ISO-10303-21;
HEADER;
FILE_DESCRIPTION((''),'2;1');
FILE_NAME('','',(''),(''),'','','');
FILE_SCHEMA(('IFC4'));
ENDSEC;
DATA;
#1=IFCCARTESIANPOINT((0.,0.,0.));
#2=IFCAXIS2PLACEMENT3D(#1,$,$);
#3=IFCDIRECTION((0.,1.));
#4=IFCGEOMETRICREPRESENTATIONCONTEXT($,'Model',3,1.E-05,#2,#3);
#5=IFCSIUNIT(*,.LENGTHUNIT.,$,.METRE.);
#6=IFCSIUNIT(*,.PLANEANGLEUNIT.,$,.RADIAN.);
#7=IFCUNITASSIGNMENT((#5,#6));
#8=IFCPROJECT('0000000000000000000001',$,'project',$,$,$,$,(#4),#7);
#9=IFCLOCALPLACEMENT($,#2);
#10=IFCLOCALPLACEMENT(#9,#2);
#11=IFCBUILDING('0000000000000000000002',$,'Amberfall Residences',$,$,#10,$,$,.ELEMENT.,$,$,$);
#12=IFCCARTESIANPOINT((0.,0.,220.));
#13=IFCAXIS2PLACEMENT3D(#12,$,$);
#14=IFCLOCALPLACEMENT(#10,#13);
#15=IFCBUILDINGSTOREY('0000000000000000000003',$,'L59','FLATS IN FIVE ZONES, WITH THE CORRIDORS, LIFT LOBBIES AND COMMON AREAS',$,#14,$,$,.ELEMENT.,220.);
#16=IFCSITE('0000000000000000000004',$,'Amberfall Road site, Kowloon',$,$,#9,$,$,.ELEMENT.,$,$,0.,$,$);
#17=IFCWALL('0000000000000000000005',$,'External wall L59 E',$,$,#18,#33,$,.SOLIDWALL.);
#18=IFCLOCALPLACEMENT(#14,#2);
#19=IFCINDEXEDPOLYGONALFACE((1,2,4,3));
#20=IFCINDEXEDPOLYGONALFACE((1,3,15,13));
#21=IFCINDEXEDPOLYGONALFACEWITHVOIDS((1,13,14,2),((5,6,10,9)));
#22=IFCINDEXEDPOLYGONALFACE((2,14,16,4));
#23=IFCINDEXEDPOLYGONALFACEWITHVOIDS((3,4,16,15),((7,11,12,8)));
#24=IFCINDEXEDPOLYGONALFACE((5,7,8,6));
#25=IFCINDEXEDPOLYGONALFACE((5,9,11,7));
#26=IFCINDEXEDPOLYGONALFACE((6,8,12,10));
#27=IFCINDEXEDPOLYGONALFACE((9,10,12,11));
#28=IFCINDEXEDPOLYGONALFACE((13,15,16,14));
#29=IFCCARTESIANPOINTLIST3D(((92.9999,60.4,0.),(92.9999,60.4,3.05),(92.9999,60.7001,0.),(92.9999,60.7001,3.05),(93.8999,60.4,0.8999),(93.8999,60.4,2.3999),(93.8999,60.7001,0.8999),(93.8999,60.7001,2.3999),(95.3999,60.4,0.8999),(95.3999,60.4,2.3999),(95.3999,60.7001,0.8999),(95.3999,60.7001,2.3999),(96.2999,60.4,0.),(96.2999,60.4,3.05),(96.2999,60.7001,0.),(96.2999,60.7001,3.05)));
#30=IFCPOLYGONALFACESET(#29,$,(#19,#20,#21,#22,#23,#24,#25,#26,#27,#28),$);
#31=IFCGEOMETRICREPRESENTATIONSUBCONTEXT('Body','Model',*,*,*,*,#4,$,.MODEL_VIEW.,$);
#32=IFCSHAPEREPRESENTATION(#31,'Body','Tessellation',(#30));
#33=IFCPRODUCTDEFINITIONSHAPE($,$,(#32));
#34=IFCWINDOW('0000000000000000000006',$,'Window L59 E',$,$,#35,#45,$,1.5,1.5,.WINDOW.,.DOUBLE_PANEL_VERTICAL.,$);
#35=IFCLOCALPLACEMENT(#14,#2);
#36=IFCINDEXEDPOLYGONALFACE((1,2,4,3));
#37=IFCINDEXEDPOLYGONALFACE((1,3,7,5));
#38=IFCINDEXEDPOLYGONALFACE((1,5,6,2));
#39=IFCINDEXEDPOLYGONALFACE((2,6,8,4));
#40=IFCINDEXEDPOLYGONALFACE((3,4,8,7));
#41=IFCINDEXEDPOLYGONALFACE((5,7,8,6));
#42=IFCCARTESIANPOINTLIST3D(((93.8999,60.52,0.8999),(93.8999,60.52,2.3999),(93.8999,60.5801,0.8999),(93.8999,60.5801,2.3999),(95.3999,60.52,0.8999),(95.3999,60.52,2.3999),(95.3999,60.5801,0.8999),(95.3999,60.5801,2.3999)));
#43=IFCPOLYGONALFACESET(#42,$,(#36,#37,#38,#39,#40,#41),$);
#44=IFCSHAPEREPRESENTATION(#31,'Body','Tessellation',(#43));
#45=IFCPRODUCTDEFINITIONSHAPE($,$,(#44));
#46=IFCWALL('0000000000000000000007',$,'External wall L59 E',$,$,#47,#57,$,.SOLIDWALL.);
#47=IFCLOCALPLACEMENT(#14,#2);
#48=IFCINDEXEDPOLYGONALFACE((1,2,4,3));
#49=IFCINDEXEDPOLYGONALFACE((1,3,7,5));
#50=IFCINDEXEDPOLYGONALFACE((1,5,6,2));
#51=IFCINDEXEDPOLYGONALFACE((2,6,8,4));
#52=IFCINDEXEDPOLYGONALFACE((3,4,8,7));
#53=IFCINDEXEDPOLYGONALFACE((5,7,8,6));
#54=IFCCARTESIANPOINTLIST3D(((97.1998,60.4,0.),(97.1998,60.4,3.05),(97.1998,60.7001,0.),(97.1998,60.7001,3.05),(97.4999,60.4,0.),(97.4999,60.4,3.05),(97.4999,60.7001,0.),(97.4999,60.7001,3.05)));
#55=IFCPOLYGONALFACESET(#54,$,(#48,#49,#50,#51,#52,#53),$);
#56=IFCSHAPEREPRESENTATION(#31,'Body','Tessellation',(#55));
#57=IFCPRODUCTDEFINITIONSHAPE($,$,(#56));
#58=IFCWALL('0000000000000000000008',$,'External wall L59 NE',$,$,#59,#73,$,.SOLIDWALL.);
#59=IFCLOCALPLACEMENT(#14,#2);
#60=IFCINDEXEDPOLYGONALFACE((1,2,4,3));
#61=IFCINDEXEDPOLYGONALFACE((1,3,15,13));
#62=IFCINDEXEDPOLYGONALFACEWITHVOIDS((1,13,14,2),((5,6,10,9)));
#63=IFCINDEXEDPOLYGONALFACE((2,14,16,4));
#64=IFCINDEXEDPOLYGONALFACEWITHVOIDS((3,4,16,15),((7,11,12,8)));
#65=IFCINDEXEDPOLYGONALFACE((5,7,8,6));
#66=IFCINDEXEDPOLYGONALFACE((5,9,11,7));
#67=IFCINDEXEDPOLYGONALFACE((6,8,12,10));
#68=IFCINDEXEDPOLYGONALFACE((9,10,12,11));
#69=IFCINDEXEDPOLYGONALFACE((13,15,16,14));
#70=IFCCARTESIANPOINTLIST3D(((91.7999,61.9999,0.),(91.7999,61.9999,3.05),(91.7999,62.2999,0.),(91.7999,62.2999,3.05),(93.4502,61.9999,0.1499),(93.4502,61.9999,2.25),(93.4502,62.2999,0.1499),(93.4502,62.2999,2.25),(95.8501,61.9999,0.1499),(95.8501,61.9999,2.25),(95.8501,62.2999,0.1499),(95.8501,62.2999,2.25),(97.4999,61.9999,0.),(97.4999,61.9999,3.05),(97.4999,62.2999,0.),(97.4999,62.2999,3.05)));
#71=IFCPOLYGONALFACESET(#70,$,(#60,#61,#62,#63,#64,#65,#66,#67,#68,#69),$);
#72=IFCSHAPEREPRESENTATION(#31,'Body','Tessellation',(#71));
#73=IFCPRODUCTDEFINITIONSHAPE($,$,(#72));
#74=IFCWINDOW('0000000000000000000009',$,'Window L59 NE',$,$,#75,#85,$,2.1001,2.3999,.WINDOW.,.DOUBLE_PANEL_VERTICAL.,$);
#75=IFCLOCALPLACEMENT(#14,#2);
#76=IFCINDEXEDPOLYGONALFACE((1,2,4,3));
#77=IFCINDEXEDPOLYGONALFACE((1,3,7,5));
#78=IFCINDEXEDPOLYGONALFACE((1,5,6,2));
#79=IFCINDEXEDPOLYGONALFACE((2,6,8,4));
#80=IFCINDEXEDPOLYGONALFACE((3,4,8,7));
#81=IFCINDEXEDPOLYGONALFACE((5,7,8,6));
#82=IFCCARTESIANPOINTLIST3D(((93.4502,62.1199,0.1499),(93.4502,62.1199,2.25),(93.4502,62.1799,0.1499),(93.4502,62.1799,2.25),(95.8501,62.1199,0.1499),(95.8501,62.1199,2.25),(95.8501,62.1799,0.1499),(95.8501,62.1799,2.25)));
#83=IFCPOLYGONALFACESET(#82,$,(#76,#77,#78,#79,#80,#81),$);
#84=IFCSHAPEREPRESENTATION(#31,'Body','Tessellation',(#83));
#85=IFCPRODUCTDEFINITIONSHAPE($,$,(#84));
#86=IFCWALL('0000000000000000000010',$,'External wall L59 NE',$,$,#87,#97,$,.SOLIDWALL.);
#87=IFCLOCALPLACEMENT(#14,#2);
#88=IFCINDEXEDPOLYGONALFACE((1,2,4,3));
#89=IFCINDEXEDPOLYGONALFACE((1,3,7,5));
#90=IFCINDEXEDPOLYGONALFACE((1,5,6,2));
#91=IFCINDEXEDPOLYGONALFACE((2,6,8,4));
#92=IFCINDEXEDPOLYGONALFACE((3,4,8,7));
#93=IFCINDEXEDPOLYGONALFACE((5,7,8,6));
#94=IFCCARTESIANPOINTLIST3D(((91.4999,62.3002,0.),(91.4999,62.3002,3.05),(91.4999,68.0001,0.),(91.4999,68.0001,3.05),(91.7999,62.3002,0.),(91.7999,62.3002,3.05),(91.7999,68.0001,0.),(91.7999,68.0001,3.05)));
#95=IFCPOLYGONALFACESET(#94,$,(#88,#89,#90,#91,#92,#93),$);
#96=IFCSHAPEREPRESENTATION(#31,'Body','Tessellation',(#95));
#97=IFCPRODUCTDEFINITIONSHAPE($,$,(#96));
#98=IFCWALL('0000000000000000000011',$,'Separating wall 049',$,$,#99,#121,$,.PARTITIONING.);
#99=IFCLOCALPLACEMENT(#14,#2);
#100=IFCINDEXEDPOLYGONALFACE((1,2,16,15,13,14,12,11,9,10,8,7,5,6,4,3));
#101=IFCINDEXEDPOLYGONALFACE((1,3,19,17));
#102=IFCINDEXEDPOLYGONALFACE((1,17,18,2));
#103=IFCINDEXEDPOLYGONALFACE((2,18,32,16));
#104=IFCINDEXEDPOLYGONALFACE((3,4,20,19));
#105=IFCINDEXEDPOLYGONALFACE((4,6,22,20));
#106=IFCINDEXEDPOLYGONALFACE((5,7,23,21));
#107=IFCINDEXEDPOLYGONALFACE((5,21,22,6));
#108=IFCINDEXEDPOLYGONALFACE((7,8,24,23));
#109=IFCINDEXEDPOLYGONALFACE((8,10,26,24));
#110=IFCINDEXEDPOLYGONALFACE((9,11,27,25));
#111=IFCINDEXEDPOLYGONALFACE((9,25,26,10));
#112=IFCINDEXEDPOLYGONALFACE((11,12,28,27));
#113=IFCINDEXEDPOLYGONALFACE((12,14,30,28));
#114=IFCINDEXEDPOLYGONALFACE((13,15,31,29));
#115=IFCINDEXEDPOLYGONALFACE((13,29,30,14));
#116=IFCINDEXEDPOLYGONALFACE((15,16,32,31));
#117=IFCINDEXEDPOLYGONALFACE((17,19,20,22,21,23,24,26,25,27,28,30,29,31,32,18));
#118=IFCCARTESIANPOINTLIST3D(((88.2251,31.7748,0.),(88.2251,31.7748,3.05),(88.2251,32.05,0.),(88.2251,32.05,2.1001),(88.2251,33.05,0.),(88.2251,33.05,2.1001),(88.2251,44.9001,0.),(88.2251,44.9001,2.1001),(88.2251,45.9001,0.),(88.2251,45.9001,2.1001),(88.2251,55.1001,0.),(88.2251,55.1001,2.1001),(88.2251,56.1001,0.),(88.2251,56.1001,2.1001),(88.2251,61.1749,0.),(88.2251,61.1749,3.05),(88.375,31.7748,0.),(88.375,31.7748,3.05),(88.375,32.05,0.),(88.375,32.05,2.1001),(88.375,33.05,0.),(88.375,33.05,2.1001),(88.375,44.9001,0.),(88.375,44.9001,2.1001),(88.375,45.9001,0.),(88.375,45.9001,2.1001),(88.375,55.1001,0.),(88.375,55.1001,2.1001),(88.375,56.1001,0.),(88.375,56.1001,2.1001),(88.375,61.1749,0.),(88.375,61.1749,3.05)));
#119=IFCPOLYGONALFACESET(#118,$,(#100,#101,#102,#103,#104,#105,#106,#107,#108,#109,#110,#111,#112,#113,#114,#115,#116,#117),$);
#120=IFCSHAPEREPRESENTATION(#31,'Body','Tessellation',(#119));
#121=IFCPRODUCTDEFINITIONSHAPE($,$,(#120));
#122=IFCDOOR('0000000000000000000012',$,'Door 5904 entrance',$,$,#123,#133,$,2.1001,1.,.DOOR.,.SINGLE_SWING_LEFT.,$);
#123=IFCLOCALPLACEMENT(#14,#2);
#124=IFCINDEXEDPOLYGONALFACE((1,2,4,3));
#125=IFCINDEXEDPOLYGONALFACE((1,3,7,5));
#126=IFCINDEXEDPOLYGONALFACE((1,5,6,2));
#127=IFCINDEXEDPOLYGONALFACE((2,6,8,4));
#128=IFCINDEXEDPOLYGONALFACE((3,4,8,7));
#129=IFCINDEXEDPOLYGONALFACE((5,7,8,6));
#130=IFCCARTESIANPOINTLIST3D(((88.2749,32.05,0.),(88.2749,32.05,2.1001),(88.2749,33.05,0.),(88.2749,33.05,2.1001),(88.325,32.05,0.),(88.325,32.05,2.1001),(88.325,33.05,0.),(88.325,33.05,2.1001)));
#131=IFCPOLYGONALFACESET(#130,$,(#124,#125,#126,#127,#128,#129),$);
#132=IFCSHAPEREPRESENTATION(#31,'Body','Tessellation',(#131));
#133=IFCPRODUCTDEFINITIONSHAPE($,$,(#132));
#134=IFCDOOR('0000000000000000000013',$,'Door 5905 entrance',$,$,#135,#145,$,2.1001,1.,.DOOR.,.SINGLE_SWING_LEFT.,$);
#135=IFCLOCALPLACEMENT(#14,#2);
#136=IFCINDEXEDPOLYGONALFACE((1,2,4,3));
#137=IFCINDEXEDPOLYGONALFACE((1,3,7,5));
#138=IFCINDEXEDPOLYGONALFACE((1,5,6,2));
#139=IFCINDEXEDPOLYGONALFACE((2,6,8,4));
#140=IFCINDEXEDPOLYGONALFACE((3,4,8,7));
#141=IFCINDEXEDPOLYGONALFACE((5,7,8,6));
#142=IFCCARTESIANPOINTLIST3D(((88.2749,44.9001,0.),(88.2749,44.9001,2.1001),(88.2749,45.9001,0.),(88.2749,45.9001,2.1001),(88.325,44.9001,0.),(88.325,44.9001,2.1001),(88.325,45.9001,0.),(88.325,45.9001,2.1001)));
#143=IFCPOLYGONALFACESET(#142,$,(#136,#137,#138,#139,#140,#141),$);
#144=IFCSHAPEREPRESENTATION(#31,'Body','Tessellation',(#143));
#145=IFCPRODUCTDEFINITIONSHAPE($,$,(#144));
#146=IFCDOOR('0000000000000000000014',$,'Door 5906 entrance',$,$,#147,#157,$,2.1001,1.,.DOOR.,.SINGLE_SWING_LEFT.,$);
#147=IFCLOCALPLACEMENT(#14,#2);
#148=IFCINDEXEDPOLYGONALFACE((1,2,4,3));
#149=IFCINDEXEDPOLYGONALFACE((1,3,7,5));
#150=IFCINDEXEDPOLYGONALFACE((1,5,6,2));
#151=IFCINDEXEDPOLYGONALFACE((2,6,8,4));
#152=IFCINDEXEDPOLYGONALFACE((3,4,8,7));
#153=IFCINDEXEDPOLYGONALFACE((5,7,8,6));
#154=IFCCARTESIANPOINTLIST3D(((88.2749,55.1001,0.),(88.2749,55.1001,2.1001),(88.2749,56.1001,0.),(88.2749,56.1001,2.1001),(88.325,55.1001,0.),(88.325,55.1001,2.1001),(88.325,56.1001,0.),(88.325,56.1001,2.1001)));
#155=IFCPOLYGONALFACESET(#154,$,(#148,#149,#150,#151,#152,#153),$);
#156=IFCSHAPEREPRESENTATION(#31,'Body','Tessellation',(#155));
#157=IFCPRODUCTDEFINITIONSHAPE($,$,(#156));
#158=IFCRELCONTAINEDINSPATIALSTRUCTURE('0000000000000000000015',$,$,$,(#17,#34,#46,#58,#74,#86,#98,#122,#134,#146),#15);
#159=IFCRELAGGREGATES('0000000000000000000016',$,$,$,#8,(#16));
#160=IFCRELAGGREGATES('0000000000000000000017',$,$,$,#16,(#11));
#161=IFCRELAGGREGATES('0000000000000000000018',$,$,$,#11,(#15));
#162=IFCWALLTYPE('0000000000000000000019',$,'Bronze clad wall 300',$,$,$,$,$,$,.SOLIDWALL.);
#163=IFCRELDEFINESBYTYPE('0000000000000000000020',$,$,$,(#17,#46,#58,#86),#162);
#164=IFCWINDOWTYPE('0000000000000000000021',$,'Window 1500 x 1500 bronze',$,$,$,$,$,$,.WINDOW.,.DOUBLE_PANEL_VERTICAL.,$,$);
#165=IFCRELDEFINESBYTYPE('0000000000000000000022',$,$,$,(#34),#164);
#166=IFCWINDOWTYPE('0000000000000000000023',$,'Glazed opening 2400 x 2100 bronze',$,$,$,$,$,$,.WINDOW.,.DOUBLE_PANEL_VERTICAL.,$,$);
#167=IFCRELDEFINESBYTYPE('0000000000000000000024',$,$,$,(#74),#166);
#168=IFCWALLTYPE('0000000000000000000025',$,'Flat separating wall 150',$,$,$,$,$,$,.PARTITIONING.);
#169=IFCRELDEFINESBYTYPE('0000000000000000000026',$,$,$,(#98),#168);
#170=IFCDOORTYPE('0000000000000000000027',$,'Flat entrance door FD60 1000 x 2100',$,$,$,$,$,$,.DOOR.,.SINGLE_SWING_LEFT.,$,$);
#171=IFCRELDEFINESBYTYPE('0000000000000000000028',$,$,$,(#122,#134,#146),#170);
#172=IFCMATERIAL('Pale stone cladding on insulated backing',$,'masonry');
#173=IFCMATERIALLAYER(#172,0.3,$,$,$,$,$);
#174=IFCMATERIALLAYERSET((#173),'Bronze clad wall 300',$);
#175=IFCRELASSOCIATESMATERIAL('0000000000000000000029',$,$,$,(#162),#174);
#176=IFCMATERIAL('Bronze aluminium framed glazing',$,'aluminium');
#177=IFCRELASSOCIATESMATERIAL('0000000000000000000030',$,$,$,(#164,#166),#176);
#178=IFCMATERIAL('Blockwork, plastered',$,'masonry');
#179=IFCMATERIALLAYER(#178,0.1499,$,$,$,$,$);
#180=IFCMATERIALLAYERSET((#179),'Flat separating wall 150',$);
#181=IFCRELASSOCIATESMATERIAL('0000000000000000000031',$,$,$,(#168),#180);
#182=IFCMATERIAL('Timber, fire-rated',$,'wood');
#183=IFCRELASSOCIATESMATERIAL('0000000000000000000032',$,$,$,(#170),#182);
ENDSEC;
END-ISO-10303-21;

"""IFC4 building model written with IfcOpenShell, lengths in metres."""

from ifc_helpers import new_model, si_unit, direction, frame, frame_2d, origin, place, context, subcontext, project, spatial, rectangle, extrude, material, layer, layer_set, type_object, element, fill, save


model = new_model("IFC4")

# Units and contexts
model_context = context("Model", 3, precision=1e-05, world=origin(), true_north=direction((0.0, 1.0)))
body_context = subcontext(model_context, "Body", "Model", "MODEL_VIEW")
ifc_project = project(units=[si_unit("LENGTHUNIT", "METRE"), si_unit("PLANEANGLEUNIT", "RADIAN")], contexts=[model_context])

# Site, building, storey
site_placement = place(None, origin())
site = spatial("IfcSite", under=ifc_project, at=site_placement, Name="Amberfall Road site, Kowloon", CompositionType="ELEMENT", RefElevation=0.0)
building_placement = place(site_placement, origin())
building = spatial("IfcBuilding", under=site, at=building_placement, Name="Amberfall Residences", CompositionType="ELEMENT")
storey_placement = place(building_placement, frame((0.0, 0.0, 220.0)))
storey = spatial("IfcBuildingStorey", under=building, at=storey_placement, Name="L59", Description="FLATS IN FIVE ZONES, WITH THE CORRIDORS, LIFT LOBBIES AND COMMON AREAS", CompositionType="ELEMENT", Elevation=220.0)

# Wall, opening, window
ifc_material_1 = material(Name="Pale stone cladding on insulated backing", Category="masonry")
ifc_layer_1 = layer(ifc_material_1, 0.3)
ifc_layer_set_1 = layer_set([ifc_layer_1], Name="Bronze clad wall 300")
wall_type_1 = type_object("IfcWallType", Name="Bronze clad wall 300", PredefinedType="SOLIDWALL", material=ifc_layer_set_1)
wall_1_placement = place(storey_placement, frame((93.0, 60.55, 0.0), z_axis=(0.0, 0.0, 1.0), x_axis=(1.0, 0.0, 0.0)))
wall_1 = element("IfcWall", 1, at=wall_1_placement, inside=storey, type_object=wall_type_1, Name="External wall L59 E", PredefinedType="SOLIDWALL", context=body_context, shape_type="SweptSolid", body=[
    extrude(rectangle(XDim=3.3, YDim=0.3, at=frame_2d((1.6499, 0.0))), origin(), (0.0, 0.0, 1.0), 3.05),
])
opening_1_placement = place(wall_1_placement, frame((0.8999, 0.0, 0.8999)))
opening_1 = element("IfcOpeningElement", 2, at=opening_1_placement, cuts=wall_1, PredefinedType="OPENING", context=body_context, shape_type="SweptSolid", body=[
    extrude(rectangle(XDim=1.5, YDim=1.5, at=frame_2d((0.75, 0.75))), frame((0.0, 0.1599, 0.0), z_axis=(0.0, -1.0, 0.0), x_axis=(1.0, 0.0, 0.0)), (0.0, 0.0, 1.0), 0.3201),
])
ifc_material_2 = material(Name="Bronze aluminium framed glazing", Category="aluminium")
window_type_1 = type_object("IfcWindowType", Name="Window 1500 x 1500 bronze", PartitioningType="DOUBLE_PANEL_VERTICAL", PredefinedType="WINDOW", material=ifc_material_2)
window_1_placement = place(opening_1_placement, origin())
window_1 = element("IfcWindow", 3, at=window_1_placement, inside=storey, type_object=window_type_1, Name="Window L59 E", OverallHeight=1.5, OverallWidth=1.5, PartitioningType="DOUBLE_PANEL_VERTICAL", PredefinedType="WINDOW", context=body_context, shape_type="SweptSolid", body=[
    extrude(rectangle(XDim=1.5, YDim=1.5, at=frame_2d((0.75, 0.75))), frame((0.0, 0.03, 0.0), z_axis=(0.0, -1.0, 0.0), x_axis=(1.0, 0.0, 0.0)), (0.0, 0.0, 1.0), 0.0601),
])
fill(opening_1, window_1)

# Wall
wall_2_placement = place(storey_placement, frame((97.2, 60.55, 0.0), z_axis=(0.0, 0.0, 1.0), x_axis=(1.0, 0.0, 0.0)))
element("IfcWall", 4, at=wall_2_placement, inside=storey, type_object=wall_type_1, Name="External wall L59 E", PredefinedType="SOLIDWALL", context=body_context, shape_type="SweptSolid", body=[
    extrude(rectangle(XDim=0.3, YDim=0.3, at=frame_2d((0.1499, 0.0))), origin(), (0.0, 0.0, 1.0), 3.05),
])

# Wall, opening, window
wall_3_placement = place(storey_placement, frame((97.5, 62.1499, 0.0), z_axis=(0.0, 0.0, 1.0), x_axis=(-1.0, 0.0, 0.0)))
wall_3 = element("IfcWall", 5, at=wall_3_placement, inside=storey, type_object=wall_type_1, Name="External wall L59 NE", PredefinedType="SOLIDWALL", context=body_context, shape_type="SweptSolid", body=[
    extrude(rectangle(XDim=5.7, YDim=0.3, at=frame_2d((2.8501, 0.0))), origin(), (0.0, 0.0, 1.0), 3.05),
])
opening_2_placement = place(wall_3_placement, frame((1.6499, 0.0, 0.1499)))
opening_2 = element("IfcOpeningElement", 6, at=opening_2_placement, cuts=wall_3, PredefinedType="OPENING", context=body_context, shape_type="SweptSolid", body=[
    extrude(rectangle(XDim=2.3999, YDim=2.1001, at=frame_2d((1.2, 1.05))), frame((0.0, 0.1599, 0.0), z_axis=(0.0, -1.0, 0.0), x_axis=(1.0, 0.0, 0.0)), (0.0, 0.0, 1.0), 0.3201),
])
window_type_2 = type_object("IfcWindowType", Name="Glazed opening 2400 x 2100 bronze", PartitioningType="DOUBLE_PANEL_VERTICAL", PredefinedType="WINDOW", material=ifc_material_2)
window_2_placement = place(opening_2_placement, origin())
window_2 = element("IfcWindow", 7, at=window_2_placement, inside=storey, type_object=window_type_2, Name="Window L59 NE", OverallHeight=2.1001, OverallWidth=2.3999, PartitioningType="DOUBLE_PANEL_VERTICAL", PredefinedType="WINDOW", context=body_context, shape_type="SweptSolid", body=[
    extrude(rectangle(XDim=2.3999, YDim=2.1001, at=frame_2d((1.2, 1.05))), frame((0.0, 0.03, 0.0), z_axis=(0.0, -1.0, 0.0), x_axis=(1.0, 0.0, 0.0)), (0.0, 0.0, 1.0), 0.0601),
])
fill(opening_2, window_2)

# Wall
wall_4_placement = place(storey_placement, frame((91.6499, 62.3, 0.0), z_axis=(0.0, 0.0, 1.0), x_axis=(0.0, 1.0, 0.0)))
element("IfcWall", 8, at=wall_4_placement, inside=storey, type_object=wall_type_1, Name="External wall L59 NE", PredefinedType="SOLIDWALL", context=body_context, shape_type="SweptSolid", body=[
    extrude(rectangle(XDim=5.7, YDim=0.3, at=frame_2d((2.8501, 0.0))), origin(), (0.0, 0.0, 1.0), 3.05),
])

# Wall, openings, doors
ifc_material_3 = material(Name="Blockwork, plastered", Category="masonry")
ifc_layer_2 = layer(ifc_material_3, 0.1499)
ifc_layer_set_2 = layer_set([ifc_layer_2], Name="Flat separating wall 150")
wall_type_2 = type_object("IfcWallType", Name="Flat separating wall 150", PredefinedType="PARTITIONING", material=ifc_layer_set_2)
wall_5_placement = place(storey_placement, frame((88.3, 61.175, 0.0), z_axis=(0.0, 0.0, 1.0), x_axis=(0.0, -1.0, 0.0)))
wall_5 = element("IfcWall", 9, at=wall_5_placement, inside=storey, type_object=wall_type_2, Name="Separating wall 049", PredefinedType="PARTITIONING", context=body_context, shape_type="SweptSolid", body=[
    extrude(rectangle(XDim=29.4001, YDim=0.1499, at=frame_2d((14.7002, 0.0))), origin(), (0.0, 0.0, 1.0), 3.05),
])
opening_3_placement = place(wall_5_placement, frame((28.125, 0.0, 0.0)))
opening_3 = element("IfcOpeningElement", 10, at=opening_3_placement, cuts=wall_5, PredefinedType="OPENING", context=body_context, shape_type="SweptSolid", body=[
    extrude(rectangle(XDim=1.0, YDim=2.1001, at=frame_2d((0.5, 1.05))), frame((0.0, 0.085, 0.0), z_axis=(0.0, -1.0, 0.0), x_axis=(1.0, 0.0, 0.0)), (0.0, 0.0, 1.0), 0.1699),
])
opening_4_placement = place(wall_5_placement, frame((15.2749, 0.0, 0.0)))
opening_4 = element("IfcOpeningElement", 11, at=opening_4_placement, cuts=wall_5, PredefinedType="OPENING", context=body_context, shape_type="SweptSolid", body=[
    extrude(rectangle(XDim=1.0, YDim=2.1001, at=frame_2d((0.5, 1.05))), frame((0.0, 0.085, 0.0), z_axis=(0.0, -1.0, 0.0), x_axis=(1.0, 0.0, 0.0)), (0.0, 0.0, 1.0), 0.1699),
])
opening_5_placement = place(wall_5_placement, frame((5.075, 0.0, 0.0)))
opening_5 = element("IfcOpeningElement", 12, at=opening_5_placement, cuts=wall_5, PredefinedType="OPENING", context=body_context, shape_type="SweptSolid", body=[
    extrude(rectangle(XDim=1.0, YDim=2.1001, at=frame_2d((0.5, 1.05))), frame((0.0, 0.085, 0.0), z_axis=(0.0, -1.0, 0.0), x_axis=(1.0, 0.0, 0.0)), (0.0, 0.0, 1.0), 0.1699),
])
ifc_material_4 = material(Name="Timber, fire-rated", Category="wood")
door_type = type_object("IfcDoorType", Name="Flat entrance door FD60 1000 x 2100", OperationType="SINGLE_SWING_LEFT", PredefinedType="DOOR", material=ifc_material_4)
door_1_placement = place(opening_3_placement, origin())
door_1 = element("IfcDoor", 13, at=door_1_placement, inside=storey, type_object=door_type, Name="Door 5904 entrance", OperationType="SINGLE_SWING_LEFT", OverallHeight=2.1001, OverallWidth=1.0, PredefinedType="DOOR", context=body_context, shape_type="SweptSolid", body=[
    extrude(rectangle(XDim=1.0, YDim=2.1001, at=frame_2d((0.5, 1.05))), frame((0.0, 0.0249, 0.0), z_axis=(0.0, -1.0, 0.0), x_axis=(1.0, 0.0, 0.0)), (0.0, 0.0, 1.0), 0.05),
])
fill(opening_3, door_1)
door_2_placement = place(opening_4_placement, origin())
door_2 = element("IfcDoor", 14, at=door_2_placement, inside=storey, type_object=door_type, Name="Door 5905 entrance", OperationType="SINGLE_SWING_LEFT", OverallHeight=2.1001, OverallWidth=1.0, PredefinedType="DOOR", context=body_context, shape_type="SweptSolid", body=[
    extrude(rectangle(XDim=1.0, YDim=2.1001, at=frame_2d((0.5, 1.05))), frame((0.0, 0.0249, 0.0), z_axis=(0.0, -1.0, 0.0), x_axis=(1.0, 0.0, 0.0)), (0.0, 0.0, 1.0), 0.05),
])
fill(opening_4, door_2)
door_3_placement = place(opening_5_placement, origin())
door_3 = element("IfcDoor", 15, at=door_3_placement, inside=storey, type_object=door_type, Name="Door 5906 entrance", OperationType="SINGLE_SWING_LEFT", OverallHeight=2.1001, OverallWidth=1.0, PredefinedType="DOOR", context=body_context, shape_type="SweptSolid", body=[
    extrude(rectangle(XDim=1.0, YDim=2.1001, at=frame_2d((0.5, 1.05))), frame((0.0, 0.0249, 0.0), z_axis=(0.0, -1.0, 0.0), x_axis=(1.0, 0.0, 0.0)), (0.0, 0.0, 1.0), 0.05),
])
fill(opening_5, door_3)

save(model, "model.ifc")
